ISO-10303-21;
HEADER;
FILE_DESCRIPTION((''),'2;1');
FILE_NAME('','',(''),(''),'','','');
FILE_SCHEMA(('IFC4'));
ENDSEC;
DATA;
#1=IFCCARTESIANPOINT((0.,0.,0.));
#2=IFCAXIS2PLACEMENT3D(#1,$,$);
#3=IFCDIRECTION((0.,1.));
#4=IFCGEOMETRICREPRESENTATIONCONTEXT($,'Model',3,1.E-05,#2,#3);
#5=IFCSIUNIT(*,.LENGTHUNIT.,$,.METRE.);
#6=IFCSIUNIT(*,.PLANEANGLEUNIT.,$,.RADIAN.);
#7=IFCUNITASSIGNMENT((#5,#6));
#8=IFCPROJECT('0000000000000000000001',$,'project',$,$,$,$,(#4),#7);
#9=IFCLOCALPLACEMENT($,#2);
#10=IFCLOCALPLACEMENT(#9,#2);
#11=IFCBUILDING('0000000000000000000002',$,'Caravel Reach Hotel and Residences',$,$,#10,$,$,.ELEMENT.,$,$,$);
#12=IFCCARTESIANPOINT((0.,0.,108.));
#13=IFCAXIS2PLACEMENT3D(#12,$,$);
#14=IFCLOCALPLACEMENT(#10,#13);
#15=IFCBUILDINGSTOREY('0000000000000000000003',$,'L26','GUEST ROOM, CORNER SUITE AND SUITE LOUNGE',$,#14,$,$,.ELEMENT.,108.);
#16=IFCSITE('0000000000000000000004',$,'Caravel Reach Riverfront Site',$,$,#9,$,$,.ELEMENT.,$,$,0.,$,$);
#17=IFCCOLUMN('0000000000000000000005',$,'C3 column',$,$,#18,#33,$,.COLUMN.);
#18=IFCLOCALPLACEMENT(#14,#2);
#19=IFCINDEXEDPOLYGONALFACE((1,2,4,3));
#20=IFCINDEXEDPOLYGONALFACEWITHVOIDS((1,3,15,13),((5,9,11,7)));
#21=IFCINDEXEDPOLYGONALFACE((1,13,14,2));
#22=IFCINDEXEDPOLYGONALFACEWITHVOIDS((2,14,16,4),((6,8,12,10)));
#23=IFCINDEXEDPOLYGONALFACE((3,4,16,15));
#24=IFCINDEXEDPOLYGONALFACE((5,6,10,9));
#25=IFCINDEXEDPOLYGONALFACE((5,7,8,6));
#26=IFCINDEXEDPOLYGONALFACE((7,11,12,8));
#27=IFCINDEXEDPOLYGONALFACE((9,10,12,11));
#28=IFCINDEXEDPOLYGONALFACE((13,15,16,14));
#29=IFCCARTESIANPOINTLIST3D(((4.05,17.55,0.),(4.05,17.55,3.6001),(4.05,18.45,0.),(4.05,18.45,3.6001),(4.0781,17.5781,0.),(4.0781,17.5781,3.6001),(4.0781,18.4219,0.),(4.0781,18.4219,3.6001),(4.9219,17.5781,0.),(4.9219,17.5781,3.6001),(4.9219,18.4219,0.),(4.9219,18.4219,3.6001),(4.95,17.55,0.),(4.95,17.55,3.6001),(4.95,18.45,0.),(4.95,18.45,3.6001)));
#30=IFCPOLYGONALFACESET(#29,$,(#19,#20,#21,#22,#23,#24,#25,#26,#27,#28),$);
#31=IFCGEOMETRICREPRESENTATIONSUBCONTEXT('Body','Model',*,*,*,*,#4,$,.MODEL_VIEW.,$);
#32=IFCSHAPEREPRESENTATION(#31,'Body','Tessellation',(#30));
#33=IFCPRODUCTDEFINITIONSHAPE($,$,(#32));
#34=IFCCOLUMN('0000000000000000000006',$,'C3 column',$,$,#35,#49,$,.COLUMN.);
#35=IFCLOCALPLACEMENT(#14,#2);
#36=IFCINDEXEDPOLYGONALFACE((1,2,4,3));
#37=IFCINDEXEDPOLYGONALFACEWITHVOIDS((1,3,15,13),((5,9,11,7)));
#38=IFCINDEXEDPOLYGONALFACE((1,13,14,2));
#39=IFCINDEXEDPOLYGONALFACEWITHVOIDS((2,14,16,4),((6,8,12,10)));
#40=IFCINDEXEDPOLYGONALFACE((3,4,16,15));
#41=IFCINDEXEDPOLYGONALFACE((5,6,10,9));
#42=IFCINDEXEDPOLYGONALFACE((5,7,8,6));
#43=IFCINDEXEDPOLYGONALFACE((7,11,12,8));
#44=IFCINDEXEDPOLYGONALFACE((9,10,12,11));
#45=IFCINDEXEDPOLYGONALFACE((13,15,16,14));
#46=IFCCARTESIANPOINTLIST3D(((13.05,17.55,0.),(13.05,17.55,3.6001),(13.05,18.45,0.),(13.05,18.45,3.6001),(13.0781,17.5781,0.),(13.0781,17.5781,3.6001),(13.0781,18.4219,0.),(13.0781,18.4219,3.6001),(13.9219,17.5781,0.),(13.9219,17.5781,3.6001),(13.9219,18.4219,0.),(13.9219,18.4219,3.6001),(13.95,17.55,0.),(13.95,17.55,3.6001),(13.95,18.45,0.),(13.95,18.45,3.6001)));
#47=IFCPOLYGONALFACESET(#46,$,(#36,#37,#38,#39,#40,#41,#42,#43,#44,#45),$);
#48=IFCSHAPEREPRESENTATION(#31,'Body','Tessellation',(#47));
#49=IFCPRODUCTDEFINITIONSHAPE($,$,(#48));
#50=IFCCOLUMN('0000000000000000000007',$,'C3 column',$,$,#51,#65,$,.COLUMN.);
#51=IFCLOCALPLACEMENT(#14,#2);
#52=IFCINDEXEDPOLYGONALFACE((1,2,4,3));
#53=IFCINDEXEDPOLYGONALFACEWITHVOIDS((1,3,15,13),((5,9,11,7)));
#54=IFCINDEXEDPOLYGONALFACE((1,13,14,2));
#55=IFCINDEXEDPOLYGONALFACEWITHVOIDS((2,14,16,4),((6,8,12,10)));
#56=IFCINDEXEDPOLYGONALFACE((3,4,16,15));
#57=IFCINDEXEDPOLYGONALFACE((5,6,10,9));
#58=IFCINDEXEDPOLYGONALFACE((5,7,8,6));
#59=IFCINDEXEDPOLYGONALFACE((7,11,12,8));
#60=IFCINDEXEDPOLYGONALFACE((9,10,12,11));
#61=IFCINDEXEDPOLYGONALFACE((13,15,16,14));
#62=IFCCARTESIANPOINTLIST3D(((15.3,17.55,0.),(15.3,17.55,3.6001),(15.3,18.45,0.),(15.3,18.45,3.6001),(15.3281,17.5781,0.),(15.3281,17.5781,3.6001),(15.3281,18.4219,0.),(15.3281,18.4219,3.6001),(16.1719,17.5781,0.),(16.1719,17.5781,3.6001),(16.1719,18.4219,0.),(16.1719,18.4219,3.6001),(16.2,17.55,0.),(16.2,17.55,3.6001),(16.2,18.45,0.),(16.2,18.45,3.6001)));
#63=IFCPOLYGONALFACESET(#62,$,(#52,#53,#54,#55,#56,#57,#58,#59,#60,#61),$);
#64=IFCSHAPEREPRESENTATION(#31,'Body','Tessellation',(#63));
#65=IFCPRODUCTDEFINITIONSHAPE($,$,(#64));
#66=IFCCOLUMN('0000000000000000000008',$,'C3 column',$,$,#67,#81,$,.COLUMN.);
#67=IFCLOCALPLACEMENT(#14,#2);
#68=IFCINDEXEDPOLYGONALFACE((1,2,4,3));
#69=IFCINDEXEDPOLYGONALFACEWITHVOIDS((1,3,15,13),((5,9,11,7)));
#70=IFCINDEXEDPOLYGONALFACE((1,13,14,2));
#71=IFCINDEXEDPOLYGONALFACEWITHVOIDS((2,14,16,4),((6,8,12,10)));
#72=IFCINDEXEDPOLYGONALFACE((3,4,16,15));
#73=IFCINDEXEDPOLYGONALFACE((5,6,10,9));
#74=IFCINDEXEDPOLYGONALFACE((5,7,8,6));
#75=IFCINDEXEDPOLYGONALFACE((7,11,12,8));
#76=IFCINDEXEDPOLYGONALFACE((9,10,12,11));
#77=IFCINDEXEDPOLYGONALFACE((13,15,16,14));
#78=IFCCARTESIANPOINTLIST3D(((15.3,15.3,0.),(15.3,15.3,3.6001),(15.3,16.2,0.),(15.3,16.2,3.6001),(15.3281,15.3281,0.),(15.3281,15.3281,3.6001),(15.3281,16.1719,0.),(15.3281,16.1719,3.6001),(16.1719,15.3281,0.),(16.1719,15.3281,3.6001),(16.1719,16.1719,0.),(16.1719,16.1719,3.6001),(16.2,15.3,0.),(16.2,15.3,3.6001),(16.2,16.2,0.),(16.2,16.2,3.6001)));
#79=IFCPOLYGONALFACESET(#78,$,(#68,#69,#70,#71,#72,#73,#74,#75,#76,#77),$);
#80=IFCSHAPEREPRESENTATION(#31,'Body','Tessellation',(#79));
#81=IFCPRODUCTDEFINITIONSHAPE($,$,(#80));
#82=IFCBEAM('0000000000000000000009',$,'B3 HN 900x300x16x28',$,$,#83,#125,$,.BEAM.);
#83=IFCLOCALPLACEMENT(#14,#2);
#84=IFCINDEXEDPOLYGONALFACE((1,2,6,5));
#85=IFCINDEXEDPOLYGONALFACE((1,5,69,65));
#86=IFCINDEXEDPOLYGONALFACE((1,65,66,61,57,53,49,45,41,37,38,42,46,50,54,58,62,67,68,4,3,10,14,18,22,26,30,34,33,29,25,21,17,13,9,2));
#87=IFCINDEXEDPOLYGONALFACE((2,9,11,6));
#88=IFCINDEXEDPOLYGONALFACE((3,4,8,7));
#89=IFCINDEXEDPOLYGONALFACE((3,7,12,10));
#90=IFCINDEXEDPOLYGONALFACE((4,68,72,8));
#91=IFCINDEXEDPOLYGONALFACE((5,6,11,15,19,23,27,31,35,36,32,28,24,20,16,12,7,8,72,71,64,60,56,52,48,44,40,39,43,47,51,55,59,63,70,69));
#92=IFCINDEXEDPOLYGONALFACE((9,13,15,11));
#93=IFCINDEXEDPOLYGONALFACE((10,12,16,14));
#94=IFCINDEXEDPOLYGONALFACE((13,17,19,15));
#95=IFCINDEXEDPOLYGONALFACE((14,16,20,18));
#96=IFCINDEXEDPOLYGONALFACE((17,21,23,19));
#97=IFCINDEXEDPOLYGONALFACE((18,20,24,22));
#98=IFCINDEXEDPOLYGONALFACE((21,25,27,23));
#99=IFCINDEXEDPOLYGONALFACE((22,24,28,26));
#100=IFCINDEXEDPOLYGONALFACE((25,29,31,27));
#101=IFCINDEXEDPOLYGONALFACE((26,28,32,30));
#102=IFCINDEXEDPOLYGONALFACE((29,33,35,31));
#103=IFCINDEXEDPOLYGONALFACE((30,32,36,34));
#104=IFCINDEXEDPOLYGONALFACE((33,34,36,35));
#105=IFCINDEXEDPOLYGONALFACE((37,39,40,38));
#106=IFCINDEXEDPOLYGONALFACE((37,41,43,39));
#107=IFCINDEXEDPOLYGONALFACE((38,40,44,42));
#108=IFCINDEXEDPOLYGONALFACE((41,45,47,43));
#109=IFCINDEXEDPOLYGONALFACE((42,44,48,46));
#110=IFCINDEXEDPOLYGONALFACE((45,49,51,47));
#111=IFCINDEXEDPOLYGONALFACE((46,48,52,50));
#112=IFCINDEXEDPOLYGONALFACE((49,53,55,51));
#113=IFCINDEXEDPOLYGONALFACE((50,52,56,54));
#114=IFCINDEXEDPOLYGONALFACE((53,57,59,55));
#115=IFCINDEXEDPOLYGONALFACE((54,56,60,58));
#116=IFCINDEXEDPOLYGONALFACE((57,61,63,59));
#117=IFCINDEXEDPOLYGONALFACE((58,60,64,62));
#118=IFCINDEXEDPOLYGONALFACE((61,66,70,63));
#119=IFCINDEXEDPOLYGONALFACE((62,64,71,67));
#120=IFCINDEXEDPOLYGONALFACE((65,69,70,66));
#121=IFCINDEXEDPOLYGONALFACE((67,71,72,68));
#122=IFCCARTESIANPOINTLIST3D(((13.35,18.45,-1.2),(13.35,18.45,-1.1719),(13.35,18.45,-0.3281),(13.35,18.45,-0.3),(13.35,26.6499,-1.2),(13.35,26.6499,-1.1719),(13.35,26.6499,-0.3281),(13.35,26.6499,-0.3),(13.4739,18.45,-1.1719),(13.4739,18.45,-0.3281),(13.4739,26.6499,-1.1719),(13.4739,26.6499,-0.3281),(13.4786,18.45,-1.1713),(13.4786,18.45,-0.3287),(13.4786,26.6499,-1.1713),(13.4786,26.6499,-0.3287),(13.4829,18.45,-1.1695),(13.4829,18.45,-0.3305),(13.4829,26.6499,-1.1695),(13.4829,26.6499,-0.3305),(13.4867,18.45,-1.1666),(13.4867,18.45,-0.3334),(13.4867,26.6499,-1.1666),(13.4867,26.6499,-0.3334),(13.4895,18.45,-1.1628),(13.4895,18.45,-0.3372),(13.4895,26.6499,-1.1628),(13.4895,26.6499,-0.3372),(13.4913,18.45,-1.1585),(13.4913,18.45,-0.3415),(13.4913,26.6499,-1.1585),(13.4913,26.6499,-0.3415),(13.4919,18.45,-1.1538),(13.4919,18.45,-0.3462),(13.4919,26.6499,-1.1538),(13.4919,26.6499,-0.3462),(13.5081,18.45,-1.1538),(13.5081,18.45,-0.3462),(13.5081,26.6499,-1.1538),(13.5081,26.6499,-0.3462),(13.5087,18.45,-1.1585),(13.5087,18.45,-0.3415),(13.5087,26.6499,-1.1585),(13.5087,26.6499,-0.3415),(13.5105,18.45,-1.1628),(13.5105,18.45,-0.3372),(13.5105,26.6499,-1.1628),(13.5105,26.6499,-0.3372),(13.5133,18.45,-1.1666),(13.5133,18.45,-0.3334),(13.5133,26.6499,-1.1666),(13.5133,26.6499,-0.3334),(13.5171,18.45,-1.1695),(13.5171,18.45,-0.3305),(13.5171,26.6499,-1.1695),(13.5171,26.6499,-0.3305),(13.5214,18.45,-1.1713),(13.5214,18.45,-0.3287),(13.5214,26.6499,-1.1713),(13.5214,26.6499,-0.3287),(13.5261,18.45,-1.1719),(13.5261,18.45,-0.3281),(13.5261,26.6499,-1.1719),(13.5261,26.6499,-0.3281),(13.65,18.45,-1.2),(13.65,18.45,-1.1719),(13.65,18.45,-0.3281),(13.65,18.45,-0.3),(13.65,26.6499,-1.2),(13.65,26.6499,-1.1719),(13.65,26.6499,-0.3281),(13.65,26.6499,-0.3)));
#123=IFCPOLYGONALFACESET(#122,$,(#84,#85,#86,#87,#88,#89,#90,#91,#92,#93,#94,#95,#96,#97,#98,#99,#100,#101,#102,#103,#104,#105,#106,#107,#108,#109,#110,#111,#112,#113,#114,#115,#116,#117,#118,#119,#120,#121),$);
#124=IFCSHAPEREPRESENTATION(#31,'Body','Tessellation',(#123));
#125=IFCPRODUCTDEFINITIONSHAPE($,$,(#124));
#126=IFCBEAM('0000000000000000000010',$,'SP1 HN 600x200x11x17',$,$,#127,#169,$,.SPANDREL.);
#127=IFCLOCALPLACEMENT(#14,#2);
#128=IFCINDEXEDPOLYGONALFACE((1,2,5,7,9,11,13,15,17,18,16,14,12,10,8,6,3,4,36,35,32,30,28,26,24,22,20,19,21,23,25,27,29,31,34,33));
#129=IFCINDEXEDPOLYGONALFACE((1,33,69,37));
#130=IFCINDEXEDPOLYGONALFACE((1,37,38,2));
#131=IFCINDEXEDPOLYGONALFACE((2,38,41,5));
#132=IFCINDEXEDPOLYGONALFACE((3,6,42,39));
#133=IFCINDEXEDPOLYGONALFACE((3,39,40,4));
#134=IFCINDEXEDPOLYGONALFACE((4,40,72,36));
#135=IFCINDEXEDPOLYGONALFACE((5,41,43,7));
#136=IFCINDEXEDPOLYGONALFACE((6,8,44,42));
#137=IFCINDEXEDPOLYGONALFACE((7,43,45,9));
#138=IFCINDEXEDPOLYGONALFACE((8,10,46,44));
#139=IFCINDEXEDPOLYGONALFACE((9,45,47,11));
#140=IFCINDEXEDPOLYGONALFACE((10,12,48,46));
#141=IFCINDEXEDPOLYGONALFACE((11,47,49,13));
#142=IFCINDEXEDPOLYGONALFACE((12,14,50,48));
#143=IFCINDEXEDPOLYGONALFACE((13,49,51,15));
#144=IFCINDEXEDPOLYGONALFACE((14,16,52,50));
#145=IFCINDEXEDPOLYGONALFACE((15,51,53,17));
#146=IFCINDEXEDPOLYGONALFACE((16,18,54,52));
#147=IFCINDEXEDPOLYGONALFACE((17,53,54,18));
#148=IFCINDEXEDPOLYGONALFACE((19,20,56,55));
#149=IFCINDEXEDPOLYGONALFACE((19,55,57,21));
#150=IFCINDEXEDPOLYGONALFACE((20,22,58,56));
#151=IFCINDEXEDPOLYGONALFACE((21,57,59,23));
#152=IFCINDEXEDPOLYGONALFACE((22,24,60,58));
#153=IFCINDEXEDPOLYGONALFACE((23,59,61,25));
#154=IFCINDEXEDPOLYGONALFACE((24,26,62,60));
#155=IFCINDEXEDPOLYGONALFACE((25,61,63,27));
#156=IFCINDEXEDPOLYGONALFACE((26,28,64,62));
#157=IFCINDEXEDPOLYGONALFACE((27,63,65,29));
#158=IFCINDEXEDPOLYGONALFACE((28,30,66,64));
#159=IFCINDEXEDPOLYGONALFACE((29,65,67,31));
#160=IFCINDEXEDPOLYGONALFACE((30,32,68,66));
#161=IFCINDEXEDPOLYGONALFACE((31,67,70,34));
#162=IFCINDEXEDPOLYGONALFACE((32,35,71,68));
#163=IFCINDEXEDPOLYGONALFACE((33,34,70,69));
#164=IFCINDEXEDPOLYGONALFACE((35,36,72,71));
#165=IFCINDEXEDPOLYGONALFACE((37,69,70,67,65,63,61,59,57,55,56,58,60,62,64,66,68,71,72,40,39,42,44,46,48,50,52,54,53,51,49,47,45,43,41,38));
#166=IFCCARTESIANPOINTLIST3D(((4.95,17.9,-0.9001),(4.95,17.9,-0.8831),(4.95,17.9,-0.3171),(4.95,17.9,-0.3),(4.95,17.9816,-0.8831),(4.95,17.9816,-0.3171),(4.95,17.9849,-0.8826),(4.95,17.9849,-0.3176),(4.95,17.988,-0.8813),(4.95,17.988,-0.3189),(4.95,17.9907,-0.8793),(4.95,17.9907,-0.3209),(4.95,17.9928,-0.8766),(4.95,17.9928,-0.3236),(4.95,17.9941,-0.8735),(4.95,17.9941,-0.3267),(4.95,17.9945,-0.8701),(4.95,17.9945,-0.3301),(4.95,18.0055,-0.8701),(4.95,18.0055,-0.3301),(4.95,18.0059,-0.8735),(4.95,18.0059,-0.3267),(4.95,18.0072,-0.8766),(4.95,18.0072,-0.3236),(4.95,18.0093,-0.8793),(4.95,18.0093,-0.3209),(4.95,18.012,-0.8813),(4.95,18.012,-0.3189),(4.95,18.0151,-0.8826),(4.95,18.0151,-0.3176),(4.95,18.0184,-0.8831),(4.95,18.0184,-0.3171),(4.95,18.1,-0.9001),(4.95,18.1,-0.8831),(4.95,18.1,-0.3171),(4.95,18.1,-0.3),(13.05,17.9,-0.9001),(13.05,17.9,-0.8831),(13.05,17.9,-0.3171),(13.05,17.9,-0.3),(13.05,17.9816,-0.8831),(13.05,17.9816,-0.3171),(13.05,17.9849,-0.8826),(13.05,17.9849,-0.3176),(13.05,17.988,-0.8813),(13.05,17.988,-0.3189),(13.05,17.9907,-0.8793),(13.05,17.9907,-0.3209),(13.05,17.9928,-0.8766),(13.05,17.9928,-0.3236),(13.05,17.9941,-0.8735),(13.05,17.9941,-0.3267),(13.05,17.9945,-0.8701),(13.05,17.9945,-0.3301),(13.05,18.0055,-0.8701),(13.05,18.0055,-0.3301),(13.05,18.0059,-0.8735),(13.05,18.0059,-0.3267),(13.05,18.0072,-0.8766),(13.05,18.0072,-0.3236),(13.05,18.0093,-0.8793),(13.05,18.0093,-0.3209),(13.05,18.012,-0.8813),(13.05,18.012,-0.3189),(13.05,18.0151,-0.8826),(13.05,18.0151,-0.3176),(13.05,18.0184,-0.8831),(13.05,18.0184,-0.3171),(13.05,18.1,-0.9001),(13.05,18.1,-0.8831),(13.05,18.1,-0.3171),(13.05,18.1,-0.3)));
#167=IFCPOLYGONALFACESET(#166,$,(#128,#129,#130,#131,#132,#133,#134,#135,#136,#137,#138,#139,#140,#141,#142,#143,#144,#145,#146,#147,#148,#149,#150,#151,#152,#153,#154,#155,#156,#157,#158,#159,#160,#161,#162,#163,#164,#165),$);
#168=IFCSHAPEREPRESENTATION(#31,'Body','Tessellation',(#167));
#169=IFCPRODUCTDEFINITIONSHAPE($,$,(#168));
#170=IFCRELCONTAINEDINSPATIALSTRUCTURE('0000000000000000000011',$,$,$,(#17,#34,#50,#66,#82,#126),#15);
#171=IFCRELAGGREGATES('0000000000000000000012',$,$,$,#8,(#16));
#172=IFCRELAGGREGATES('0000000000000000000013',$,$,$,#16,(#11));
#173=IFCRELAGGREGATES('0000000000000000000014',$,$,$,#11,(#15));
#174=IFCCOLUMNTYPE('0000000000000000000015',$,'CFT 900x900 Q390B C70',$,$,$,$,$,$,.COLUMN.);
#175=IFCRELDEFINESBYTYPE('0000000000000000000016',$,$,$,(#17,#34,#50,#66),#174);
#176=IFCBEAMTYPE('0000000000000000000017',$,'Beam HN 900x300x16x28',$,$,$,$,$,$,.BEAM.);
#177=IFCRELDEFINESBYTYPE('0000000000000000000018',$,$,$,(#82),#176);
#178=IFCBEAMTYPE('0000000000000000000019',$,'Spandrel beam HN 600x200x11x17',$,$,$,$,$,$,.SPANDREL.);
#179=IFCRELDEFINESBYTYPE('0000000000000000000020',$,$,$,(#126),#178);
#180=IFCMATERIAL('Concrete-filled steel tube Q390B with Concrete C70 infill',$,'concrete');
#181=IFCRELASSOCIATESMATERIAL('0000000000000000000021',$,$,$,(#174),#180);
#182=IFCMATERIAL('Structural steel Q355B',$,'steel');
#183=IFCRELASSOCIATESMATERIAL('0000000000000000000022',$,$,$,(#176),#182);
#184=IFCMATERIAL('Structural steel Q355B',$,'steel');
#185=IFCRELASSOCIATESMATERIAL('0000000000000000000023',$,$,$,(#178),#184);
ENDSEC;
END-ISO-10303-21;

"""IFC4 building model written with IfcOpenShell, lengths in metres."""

from ifc_helpers import new_model, si_unit, direction, frame, origin, origin_2d, place, context, subcontext, project, spatial, hollow_rectangle, i_section, extrude, material, material_profile, profile_set, type_object, element, save


model = new_model("IFC4")

# Units and contexts
model_context = context("Model", 3, precision=1e-05, world=origin(), true_north=direction((0.0, 1.0)))
body_context = subcontext(model_context, "Body", "Model", "MODEL_VIEW")
ifc_project = project(units=[si_unit("LENGTHUNIT", "METRE"), si_unit("PLANEANGLEUNIT", "RADIAN")], contexts=[model_context])

# Site, building, storey
site_placement = place(None, origin())
site = spatial("IfcSite", under=ifc_project, at=site_placement, Name="Caravel Reach Riverfront Site", CompositionType="ELEMENT", RefElevation=0.0)
building_placement = place(site_placement, origin())
building = spatial("IfcBuilding", under=site, at=building_placement, Name="Caravel Reach Hotel and Residences", CompositionType="ELEMENT")
storey_placement = place(building_placement, frame((0.0, 0.0, 108.0)))
storey = spatial("IfcBuildingStorey", under=building, at=storey_placement, Name="L26", Description="GUEST ROOM, CORNER SUITE AND SUITE LOUNGE", CompositionType="ELEMENT", Elevation=108.0)

# Columns
ifc_material_1 = material(Name="Concrete-filled steel tube Q390B with Concrete C70 infill", Category="concrete")
ifc_material_profile_1 = material_profile(ifc_material_1, hollow_rectangle(XDim=0.8999, YDim=0.8999, WallThickness=0.0281, at=origin_2d()), Name="RHS 900x900x28")
ifc_profile_set_1 = profile_set([ifc_material_profile_1], Name="Concrete-filled steel tube Q390B with Concrete C70 infill")
column_type = type_object("IfcColumnType", Name="CFT 900x900 Q390B C70", PredefinedType="COLUMN", material=ifc_profile_set_1)
for number, where, z_axis, x_axis, name in (
    (1, (4.5, 18.0, 0.0), (0.0, 0.0, 1.0), (1.0, 0.0, 0.0), "C3 column"),
    (2, (13.5, 18.0, 0.0), (0.0, 0.0, 1.0), (1.0, 0.0, 0.0), "C3 column"),
    (3, (15.75, 18.0, 0.0), (0.0, 0.0, 1.0), (1.0, 0.0, 0.0), "C3 column"),
    (4, (15.75, 15.75, 0.0), (0.0, 0.0, 1.0), (1.0, 0.0, 0.0), "C3 column"),
):
    element("IfcColumn", number, at=place(storey_placement, frame(where, z_axis=z_axis, x_axis=x_axis)), inside=storey, type_object=column_type, Name=name, PredefinedType="COLUMN", context=body_context, shape_type="SweptSolid", body=[
        extrude(hollow_rectangle(XDim=0.8999, YDim=0.8999, WallThickness=0.0281, at=origin_2d()), origin(), (0.0, 0.0, 1.0), 3.6001),
    ])

# Beams
ifc_material_2 = material(Name="Structural steel Q355B", Category="steel")
ifc_material_profile_2 = material_profile(ifc_material_2, i_section(OverallWidth=0.3, OverallDepth=0.8999, WebThickness=0.0161, FlangeThickness=0.0281, FilletRadius=0.0181, at=origin_2d()), Name="HN 900x300x16x28")
ifc_profile_set_2 = profile_set([ifc_material_profile_2], Name="Structural steel Q355B")
beam_type_1 = type_object("IfcBeamType", Name="Beam HN 900x300x16x28", PredefinedType="BEAM", material=ifc_profile_set_2)
beam_1_placement = place(storey_placement, frame((13.5, 18.45, -0.75), z_axis=(0.0, 1.0, 0.0), x_axis=(-1.0, 0.0, 0.0)))
element("IfcBeam", 5, at=beam_1_placement, inside=storey, type_object=beam_type_1, Name="B3 HN 900x300x16x28", PredefinedType="BEAM", context=body_context, shape_type="SweptSolid", body=[
    extrude(i_section(OverallWidth=0.3, OverallDepth=0.8999, WebThickness=0.0161, FlangeThickness=0.0281, FilletRadius=0.0181, at=origin_2d()), origin(), (0.0, 0.0, 1.0), 8.2),
])
ifc_material_3 = material(Name="Structural steel Q355B", Category="steel")
ifc_material_profile_3 = material_profile(ifc_material_3, i_section(OverallWidth=0.2, OverallDepth=0.6001, WebThickness=0.011, FlangeThickness=0.0171, FilletRadius=0.0129, at=origin_2d()), Name="HN 600x200x11x17")
ifc_profile_set_3 = profile_set([ifc_material_profile_3], Name="Structural steel Q355B")
beam_type_2 = type_object("IfcBeamType", Name="Spandrel beam HN 600x200x11x17", PredefinedType="SPANDREL", material=ifc_profile_set_3)
beam_2_placement = place(storey_placement, frame((4.95, 18.0, -0.6001), z_axis=(1.0, 0.0, 0.0), x_axis=(0.0, 1.0, 0.0)))
element("IfcBeam", 6, at=beam_2_placement, inside=storey, type_object=beam_type_2, Name="SP1 HN 600x200x11x17", PredefinedType="SPANDREL", context=body_context, shape_type="SweptSolid", body=[
    extrude(i_section(OverallWidth=0.2, OverallDepth=0.6001, WebThickness=0.011, FlangeThickness=0.0171, FilletRadius=0.0129, at=origin_2d()), origin(), (0.0, 0.0, 1.0), 8.1001),
])

save(model, "model.ifc")
